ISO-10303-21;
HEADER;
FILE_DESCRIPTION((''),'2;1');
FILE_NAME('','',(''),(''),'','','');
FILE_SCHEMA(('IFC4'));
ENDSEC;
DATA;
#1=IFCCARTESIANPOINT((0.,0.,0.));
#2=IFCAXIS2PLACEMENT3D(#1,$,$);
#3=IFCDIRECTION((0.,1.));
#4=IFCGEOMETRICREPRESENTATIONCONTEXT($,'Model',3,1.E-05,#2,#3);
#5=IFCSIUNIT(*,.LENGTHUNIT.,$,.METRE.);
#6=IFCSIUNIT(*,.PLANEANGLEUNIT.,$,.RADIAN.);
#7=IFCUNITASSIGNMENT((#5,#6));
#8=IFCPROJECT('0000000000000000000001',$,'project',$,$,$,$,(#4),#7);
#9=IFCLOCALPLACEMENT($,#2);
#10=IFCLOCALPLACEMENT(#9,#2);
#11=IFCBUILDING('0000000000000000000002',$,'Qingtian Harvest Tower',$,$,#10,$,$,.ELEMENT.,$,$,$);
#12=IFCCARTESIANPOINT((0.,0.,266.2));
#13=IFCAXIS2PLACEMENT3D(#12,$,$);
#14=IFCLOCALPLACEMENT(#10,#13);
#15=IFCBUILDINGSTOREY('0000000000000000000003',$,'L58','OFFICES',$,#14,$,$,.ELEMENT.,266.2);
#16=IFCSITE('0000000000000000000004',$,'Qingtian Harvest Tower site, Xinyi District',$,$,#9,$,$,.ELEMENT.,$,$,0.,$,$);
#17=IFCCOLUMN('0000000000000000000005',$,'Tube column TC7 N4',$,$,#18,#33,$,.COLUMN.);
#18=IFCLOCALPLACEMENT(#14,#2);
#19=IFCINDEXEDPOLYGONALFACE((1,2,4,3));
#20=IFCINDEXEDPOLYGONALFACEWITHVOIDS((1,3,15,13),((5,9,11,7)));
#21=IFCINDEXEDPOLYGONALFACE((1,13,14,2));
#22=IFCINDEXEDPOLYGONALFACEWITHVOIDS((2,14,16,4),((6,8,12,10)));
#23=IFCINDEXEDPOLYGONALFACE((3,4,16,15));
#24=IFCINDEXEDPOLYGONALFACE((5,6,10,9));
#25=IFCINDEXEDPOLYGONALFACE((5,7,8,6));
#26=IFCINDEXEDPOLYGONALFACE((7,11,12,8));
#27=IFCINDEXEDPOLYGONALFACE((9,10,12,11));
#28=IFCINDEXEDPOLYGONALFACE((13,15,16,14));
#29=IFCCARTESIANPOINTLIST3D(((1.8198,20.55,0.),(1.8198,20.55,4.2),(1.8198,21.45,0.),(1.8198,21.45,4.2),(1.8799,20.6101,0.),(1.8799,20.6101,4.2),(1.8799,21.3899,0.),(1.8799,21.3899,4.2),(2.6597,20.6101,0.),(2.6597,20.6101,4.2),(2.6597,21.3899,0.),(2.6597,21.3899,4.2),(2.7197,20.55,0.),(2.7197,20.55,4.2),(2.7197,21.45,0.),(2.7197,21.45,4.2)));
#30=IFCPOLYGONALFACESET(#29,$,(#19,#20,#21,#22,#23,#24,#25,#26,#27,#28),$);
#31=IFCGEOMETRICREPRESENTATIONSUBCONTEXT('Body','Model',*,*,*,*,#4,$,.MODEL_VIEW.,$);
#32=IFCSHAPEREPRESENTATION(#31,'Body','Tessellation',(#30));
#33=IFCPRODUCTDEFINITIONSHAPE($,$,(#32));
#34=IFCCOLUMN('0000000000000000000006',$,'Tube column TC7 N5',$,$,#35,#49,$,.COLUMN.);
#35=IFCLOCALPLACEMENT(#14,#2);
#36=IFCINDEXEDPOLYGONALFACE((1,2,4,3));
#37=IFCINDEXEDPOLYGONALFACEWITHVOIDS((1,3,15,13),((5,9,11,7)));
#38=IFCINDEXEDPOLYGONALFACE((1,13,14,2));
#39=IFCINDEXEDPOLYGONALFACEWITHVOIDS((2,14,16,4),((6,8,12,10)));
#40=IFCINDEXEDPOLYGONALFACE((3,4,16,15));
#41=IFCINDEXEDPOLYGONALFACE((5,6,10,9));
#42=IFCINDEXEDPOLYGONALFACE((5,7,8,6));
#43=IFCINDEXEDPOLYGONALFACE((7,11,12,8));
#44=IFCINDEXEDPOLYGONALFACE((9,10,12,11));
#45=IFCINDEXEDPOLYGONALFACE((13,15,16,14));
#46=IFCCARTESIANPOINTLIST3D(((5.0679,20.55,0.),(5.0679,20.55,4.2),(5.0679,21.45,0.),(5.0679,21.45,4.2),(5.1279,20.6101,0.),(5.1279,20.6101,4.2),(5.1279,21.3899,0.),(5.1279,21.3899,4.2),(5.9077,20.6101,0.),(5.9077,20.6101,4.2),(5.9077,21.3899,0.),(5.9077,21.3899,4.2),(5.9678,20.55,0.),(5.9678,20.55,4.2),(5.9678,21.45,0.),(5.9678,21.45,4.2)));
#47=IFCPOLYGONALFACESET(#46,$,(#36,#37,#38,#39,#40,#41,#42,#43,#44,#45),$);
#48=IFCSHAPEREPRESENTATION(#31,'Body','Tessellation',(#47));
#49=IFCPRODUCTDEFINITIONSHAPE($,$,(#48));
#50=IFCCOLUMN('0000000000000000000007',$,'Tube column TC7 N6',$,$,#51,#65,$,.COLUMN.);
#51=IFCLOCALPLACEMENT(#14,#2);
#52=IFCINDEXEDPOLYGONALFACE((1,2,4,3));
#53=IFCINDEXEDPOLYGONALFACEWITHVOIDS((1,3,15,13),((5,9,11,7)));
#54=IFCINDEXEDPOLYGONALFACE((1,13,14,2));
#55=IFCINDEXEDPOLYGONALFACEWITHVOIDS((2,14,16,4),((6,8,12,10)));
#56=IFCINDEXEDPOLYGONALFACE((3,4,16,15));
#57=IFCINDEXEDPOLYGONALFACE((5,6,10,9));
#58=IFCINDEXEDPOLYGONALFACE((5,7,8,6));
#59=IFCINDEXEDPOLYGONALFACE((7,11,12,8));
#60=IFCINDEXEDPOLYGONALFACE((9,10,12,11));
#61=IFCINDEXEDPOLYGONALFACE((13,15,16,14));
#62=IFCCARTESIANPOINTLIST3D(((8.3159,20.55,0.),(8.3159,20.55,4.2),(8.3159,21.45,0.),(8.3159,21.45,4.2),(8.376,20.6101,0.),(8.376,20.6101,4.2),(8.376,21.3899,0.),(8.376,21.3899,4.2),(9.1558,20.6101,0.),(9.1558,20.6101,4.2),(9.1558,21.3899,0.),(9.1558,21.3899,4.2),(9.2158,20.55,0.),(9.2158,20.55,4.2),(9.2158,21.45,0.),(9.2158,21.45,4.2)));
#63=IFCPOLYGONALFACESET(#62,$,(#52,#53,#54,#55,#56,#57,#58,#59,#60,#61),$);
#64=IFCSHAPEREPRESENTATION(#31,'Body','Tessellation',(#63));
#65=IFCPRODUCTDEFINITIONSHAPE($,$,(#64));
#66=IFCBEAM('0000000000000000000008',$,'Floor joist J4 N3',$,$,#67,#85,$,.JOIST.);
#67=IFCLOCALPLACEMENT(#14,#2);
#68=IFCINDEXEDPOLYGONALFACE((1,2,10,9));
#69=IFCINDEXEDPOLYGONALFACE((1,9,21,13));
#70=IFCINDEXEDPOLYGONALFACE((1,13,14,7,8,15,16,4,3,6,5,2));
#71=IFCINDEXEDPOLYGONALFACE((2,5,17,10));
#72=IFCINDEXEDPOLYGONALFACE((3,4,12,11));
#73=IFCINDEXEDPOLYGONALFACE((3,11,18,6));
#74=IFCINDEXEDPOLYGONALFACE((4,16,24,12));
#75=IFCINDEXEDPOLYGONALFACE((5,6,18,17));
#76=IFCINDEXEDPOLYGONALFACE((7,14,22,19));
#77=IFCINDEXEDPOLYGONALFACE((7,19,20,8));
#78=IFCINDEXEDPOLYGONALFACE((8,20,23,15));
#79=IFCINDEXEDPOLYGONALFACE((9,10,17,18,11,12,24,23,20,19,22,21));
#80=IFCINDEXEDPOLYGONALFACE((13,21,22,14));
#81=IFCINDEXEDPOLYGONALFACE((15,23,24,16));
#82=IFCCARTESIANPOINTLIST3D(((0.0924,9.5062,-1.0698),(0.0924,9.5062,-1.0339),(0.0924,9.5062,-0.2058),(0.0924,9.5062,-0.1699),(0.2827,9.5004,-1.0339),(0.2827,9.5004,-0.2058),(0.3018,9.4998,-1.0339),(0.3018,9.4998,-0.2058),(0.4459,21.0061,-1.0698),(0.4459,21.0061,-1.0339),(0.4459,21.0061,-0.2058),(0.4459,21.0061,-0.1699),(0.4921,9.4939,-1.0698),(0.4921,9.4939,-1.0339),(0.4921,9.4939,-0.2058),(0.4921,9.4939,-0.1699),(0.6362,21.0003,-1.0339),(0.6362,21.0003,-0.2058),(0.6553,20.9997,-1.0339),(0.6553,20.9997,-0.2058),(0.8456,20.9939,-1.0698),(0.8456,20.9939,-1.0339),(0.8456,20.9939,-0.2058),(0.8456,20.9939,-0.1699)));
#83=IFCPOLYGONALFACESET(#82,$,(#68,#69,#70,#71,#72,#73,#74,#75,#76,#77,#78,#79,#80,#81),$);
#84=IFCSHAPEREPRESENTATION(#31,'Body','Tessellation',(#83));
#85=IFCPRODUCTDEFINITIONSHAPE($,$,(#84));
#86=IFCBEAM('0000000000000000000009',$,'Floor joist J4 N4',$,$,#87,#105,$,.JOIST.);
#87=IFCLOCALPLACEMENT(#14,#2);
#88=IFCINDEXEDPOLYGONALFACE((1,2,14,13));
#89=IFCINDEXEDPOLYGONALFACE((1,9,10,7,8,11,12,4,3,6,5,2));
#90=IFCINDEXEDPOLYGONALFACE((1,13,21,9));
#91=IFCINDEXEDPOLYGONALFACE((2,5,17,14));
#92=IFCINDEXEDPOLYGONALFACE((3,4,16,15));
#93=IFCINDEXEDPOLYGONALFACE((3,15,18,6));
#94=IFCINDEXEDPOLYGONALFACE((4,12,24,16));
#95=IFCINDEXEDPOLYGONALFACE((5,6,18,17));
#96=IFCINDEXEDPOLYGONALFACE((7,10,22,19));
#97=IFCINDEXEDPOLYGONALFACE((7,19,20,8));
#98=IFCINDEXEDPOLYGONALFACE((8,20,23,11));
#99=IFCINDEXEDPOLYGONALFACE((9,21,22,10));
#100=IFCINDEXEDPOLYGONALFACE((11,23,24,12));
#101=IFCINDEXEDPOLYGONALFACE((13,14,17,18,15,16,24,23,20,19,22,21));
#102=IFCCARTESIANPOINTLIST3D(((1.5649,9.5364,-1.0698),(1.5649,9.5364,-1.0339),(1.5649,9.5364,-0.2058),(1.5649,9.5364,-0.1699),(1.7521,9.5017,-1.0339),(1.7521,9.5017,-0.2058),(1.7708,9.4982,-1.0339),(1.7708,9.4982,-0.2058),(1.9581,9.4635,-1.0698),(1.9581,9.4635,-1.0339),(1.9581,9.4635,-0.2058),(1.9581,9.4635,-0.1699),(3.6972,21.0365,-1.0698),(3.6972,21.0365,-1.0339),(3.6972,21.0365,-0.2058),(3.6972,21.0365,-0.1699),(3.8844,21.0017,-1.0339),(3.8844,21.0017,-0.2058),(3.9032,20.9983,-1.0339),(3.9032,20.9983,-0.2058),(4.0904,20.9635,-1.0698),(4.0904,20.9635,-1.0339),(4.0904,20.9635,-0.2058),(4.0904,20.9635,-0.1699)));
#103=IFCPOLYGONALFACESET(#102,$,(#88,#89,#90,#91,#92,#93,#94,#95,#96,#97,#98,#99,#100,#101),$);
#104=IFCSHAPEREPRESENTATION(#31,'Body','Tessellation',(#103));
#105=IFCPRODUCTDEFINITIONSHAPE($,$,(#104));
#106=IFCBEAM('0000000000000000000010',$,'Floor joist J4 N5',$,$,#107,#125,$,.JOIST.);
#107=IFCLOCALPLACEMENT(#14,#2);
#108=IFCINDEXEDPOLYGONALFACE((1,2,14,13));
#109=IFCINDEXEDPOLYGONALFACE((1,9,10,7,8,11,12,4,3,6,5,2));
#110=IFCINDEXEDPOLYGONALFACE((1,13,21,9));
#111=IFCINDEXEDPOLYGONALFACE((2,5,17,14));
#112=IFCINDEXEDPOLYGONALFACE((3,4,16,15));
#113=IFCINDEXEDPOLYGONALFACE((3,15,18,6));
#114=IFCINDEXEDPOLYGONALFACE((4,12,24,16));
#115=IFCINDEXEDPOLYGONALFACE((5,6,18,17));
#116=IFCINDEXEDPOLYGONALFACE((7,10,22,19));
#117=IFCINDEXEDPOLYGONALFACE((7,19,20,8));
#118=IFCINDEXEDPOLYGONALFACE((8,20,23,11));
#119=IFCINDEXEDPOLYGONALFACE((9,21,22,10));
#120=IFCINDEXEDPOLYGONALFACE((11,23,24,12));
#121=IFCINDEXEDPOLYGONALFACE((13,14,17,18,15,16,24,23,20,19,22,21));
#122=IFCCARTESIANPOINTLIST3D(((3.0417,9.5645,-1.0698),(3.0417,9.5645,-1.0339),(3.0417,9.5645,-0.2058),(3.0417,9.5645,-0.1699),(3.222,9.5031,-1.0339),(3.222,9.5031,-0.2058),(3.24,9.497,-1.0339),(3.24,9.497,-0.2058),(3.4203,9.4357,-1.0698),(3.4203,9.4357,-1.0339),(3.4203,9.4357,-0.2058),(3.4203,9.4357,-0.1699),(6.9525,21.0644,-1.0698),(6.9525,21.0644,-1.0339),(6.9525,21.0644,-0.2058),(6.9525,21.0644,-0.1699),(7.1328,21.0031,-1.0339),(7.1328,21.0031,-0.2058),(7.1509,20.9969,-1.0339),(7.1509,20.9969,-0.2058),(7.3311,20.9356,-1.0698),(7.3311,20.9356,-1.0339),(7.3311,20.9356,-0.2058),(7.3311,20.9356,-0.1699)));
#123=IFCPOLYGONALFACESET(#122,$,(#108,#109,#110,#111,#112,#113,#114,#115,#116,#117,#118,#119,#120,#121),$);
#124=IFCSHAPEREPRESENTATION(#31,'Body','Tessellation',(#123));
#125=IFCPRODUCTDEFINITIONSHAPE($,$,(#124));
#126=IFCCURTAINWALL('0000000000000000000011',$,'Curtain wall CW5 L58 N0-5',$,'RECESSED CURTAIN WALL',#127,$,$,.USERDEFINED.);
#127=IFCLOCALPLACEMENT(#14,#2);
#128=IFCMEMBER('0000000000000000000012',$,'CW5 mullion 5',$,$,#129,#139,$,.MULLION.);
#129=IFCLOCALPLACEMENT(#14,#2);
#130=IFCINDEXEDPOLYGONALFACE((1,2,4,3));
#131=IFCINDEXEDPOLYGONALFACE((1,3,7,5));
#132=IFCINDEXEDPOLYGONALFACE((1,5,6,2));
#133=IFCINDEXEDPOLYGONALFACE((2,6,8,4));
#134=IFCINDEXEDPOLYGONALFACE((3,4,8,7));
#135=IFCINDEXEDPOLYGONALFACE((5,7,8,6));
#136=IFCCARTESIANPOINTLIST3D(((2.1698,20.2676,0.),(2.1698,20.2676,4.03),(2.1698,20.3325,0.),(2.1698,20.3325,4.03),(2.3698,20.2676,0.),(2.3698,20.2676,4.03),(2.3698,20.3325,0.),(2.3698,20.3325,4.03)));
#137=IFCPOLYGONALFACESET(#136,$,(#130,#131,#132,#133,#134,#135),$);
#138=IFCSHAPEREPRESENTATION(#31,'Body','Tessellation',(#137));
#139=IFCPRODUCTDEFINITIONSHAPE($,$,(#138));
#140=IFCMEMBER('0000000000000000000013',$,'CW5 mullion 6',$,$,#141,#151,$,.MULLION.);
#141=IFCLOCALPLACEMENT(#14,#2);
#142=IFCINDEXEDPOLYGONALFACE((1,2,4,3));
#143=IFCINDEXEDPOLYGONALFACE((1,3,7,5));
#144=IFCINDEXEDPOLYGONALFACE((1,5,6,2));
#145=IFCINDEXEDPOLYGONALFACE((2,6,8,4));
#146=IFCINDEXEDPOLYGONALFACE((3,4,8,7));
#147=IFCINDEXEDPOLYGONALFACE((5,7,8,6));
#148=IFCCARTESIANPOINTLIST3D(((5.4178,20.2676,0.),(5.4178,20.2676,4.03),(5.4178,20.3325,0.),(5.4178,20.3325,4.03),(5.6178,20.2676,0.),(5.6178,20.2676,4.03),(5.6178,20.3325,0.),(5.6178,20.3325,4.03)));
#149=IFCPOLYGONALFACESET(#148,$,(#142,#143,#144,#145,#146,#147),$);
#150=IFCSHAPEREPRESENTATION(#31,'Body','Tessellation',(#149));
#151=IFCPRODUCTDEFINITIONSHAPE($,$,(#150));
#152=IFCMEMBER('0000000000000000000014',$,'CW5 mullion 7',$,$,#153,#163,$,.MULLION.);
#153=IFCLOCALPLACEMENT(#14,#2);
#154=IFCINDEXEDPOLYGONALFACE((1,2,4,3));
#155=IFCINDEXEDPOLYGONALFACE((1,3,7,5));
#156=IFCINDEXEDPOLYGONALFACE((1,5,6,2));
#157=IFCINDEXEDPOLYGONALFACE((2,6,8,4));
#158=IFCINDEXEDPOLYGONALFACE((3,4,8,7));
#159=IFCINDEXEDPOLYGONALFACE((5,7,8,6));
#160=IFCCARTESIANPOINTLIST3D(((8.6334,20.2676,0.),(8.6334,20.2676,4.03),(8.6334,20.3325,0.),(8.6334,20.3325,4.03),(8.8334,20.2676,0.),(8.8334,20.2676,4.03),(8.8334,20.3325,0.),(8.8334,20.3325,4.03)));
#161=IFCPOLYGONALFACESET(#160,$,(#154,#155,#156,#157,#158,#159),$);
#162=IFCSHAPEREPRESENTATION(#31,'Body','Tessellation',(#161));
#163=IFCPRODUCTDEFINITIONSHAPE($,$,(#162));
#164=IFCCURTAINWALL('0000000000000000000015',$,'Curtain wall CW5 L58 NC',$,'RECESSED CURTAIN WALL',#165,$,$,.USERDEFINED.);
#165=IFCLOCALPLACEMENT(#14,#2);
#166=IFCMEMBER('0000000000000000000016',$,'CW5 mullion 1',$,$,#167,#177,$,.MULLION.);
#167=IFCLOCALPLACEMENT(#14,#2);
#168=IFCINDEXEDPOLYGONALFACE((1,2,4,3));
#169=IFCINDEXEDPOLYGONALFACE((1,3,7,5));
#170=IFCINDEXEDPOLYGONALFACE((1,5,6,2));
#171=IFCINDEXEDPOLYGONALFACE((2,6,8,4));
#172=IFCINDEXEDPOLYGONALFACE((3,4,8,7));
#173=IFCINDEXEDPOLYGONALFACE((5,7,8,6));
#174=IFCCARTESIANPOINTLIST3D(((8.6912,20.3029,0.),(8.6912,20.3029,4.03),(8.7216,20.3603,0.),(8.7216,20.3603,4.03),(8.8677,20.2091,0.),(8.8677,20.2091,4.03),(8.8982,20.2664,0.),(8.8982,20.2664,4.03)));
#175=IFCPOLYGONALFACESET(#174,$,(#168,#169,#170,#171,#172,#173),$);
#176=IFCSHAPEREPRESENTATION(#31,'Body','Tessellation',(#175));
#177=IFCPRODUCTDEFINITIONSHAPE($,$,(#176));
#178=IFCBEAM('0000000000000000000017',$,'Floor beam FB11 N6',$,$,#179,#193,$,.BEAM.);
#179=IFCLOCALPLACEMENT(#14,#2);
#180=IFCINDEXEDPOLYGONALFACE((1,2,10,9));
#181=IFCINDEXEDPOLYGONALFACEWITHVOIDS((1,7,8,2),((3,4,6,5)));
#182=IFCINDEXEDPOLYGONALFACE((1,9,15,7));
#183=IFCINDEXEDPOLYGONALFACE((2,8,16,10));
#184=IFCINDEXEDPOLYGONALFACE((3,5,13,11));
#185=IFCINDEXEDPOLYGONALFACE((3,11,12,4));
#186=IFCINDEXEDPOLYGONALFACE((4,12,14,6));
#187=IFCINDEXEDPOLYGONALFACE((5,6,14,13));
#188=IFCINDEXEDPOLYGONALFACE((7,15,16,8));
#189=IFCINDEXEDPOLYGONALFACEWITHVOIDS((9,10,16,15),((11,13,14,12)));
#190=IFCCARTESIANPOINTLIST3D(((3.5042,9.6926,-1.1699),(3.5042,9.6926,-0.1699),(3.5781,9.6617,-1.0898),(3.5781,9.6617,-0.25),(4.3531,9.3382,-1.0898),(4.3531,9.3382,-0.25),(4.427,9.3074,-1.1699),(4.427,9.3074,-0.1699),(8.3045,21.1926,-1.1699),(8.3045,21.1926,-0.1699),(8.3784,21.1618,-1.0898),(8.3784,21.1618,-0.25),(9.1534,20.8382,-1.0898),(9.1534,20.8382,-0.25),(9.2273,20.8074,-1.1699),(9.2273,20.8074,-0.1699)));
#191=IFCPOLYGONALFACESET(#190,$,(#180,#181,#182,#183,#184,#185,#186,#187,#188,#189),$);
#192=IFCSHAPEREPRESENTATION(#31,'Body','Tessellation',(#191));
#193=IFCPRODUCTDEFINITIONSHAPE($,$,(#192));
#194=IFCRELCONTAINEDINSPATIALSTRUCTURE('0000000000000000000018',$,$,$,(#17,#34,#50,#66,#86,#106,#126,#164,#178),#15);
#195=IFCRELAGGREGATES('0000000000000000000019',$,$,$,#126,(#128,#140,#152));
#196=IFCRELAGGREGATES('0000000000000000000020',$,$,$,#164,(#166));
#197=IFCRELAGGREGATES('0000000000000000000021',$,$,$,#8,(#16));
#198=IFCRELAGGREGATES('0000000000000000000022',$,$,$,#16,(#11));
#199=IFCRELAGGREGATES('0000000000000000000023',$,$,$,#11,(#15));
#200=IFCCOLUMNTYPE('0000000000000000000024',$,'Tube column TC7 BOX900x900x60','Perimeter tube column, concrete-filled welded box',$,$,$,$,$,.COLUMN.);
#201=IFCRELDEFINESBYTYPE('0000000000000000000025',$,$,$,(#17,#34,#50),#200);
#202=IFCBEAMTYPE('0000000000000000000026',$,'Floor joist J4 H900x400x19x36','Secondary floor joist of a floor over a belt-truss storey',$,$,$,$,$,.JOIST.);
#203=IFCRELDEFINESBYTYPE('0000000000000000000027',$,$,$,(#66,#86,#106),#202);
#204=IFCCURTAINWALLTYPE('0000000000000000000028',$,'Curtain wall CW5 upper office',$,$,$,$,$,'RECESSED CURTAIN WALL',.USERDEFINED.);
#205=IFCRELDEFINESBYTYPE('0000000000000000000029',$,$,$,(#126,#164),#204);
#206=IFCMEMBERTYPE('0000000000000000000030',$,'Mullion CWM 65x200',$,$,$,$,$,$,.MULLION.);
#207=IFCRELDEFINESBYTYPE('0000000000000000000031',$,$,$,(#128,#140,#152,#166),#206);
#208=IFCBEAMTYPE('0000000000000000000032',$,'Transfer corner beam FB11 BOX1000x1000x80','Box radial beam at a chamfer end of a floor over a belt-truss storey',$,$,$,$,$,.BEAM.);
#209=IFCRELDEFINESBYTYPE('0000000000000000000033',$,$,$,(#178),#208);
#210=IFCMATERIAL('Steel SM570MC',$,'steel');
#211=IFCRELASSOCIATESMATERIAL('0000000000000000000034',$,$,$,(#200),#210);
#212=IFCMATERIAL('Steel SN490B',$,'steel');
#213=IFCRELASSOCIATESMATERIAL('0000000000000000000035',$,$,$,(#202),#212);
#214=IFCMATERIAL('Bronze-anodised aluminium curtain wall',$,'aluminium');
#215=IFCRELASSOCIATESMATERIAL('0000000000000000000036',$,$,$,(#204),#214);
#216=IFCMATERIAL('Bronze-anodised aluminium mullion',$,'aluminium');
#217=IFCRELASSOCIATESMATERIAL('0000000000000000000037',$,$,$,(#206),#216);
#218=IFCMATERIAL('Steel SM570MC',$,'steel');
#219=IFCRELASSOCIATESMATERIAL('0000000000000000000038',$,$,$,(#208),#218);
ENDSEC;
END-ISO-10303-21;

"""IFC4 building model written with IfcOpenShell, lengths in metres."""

from ifc_helpers import new_model, si_unit, direction, frame, origin, origin_2d, place, context, subcontext, project, spatial, rectangle, hollow_rectangle, i_section, extrude, material, material_profile, profile_set, type_object, element, aggregate, save


model = new_model("IFC4")

# Units and contexts
model_context = context("Model", 3, precision=1e-05, world=origin(), true_north=direction((0.0, 1.0)))
body_context = subcontext(model_context, "Body", "Model", "MODEL_VIEW")
ifc_project = project(units=[si_unit("LENGTHUNIT", "METRE"), si_unit("PLANEANGLEUNIT", "RADIAN")], contexts=[model_context])

# Site, building, storey
site_placement = place(None, origin())
site = spatial("IfcSite", under=ifc_project, at=site_placement, Name="Qingtian Harvest Tower site, Xinyi District", CompositionType="ELEMENT", RefElevation=0.0)
building_placement = place(site_placement, origin())
building = spatial("IfcBuilding", under=site, at=building_placement, Name="Qingtian Harvest Tower", CompositionType="ELEMENT")
storey_placement = place(building_placement, frame((0.0, 0.0, 266.2)))
storey = spatial("IfcBuildingStorey", under=building, at=storey_placement, Name="L58", Description="OFFICES", CompositionType="ELEMENT", Elevation=266.2)

# Columns
ifc_material_1 = material(Name="Steel SM570MC", Category="steel")
ifc_material_profile_1 = material_profile(ifc_material_1, hollow_rectangle(XDim=0.8999, YDim=0.8999, WallThickness=0.0601, at=origin_2d()), Name="BOX900x900x60")
ifc_profile_set_1 = profile_set([ifc_material_profile_1], Name="Steel SM570MC")
column_type = type_object("IfcColumnType", Name="Tube column TC7 BOX900x900x60", Description="Perimeter tube column, concrete-filled welded box", PredefinedType="COLUMN", material=ifc_profile_set_1)
for number, where, z_axis, x_axis, name in (
    (1, (2.2698, 21.0, 0.0), (0.0, 0.0, 1.0), (-1.0, 0.0, 0.0), "Tube column TC7 N4"),
    (2, (5.5178, 21.0, 0.0), (0.0, 0.0, 1.0), (-1.0, 0.0, 0.0), "Tube column TC7 N5"),
    (3, (8.7659, 21.0, 0.0), (0.0, 0.0, 1.0), (-1.0, 0.0, 0.0), "Tube column TC7 N6"),
):
    element("IfcColumn", number, at=place(storey_placement, frame(where, z_axis=z_axis, x_axis=x_axis)), inside=storey, type_object=column_type, Name=name, PredefinedType="COLUMN", context=body_context, shape_type="SweptSolid", body=[
        extrude(hollow_rectangle(XDim=0.8999, YDim=0.8999, WallThickness=0.0601, at=origin_2d()), origin(), (0.0, 0.0, 1.0), 4.2),
    ])

# Beams
ifc_material_2 = material(Name="Steel SN490B", Category="steel")
ifc_material_profile_2 = material_profile(ifc_material_2, i_section(OverallWidth=0.3999, OverallDepth=0.8999, WebThickness=0.019, FlangeThickness=0.0359, at=origin_2d()), Name="H900x400x19x36")
ifc_profile_set_2 = profile_set([ifc_material_profile_2], Name="Steel SN490B")
beam_type_1 = type_object("IfcBeamType", Name="Floor joist J4 H900x400x19x36", Description="Secondary floor joist of a floor over a belt-truss storey", PredefinedType="JOIST", material=ifc_profile_set_2)
beam_1_placement = place(storey_placement, frame((0.6458, 21.0, -0.6199), z_axis=(-0.030726, -0.999528, 0.0), x_axis=(0.999528, -0.030726, 0.0)))
element("IfcBeam", 4, at=beam_1_placement, inside=storey, type_object=beam_type_1, Name="Floor joist J4 N3", PredefinedType="JOIST", context=body_context, shape_type="SweptSolid", body=[
    extrude(i_section(OverallWidth=0.3999, OverallDepth=0.8999, WebThickness=0.019, FlangeThickness=0.0359, at=origin_2d()), origin(), (0.0, 0.0, 1.0), 11.5054),
])
beam_2_placement = place(storey_placement, frame((3.8938, 21.0, -0.6199), z_axis=(-0.182312, -0.983241, 0.0), x_axis=(0.983241, -0.182312, 0.0)))
element("IfcBeam", 5, at=beam_2_placement, inside=storey, type_object=beam_type_1, Name="Floor joist J4 N4", PredefinedType="JOIST", context=body_context, shape_type="SweptSolid", body=[
    extrude(i_section(OverallWidth=0.3999, OverallDepth=0.8999, WebThickness=0.019, FlangeThickness=0.0359, at=origin_2d()), origin(), (0.0, 0.0, 1.0), 11.696),
])
beam_3_placement = place(storey_placement, frame((7.1418, 21.0, -0.6199), z_axis=(-0.321968, -0.94675, 0.0), x_axis=(0.94675, -0.321968, 0.0)))
element("IfcBeam", 6, at=beam_3_placement, inside=storey, type_object=beam_type_1, Name="Floor joist J4 N5", PredefinedType="JOIST", context=body_context, shape_type="SweptSolid", body=[
    extrude(i_section(OverallWidth=0.3999, OverallDepth=0.8999, WebThickness=0.019, FlangeThickness=0.0359, at=origin_2d()), origin(), (0.0, 0.0, 1.0), 12.1467),
])

# Curtain wall, members
ifc_material_3 = material(Name="Bronze-anodised aluminium curtain wall", Category="aluminium")
curtain_wall_type = type_object("IfcCurtainWallType", Name="Curtain wall CW5 upper office", ElementType="RECESSED CURTAIN WALL", PredefinedType="USERDEFINED", material=ifc_material_3)
curtain_wall_1_placement = place(storey_placement, origin())
curtain_wall_1 = element("IfcCurtainWall", 7, at=curtain_wall_1_placement, inside=storey, type_object=curtain_wall_type, Name="Curtain wall CW5 L58 N0-5", ObjectType="RECESSED CURTAIN WALL", PredefinedType="USERDEFINED")
ifc_material_4 = material(Name="Bronze-anodised aluminium mullion", Category="aluminium")
ifc_material_profile_3 = material_profile(ifc_material_4, rectangle(XDim=0.0649, YDim=0.2, at=origin_2d()), Name="AL 65x200")
ifc_profile_set_3 = profile_set([ifc_material_profile_3], Name="Bronze-anodised aluminium mullion")
member_type_1 = type_object("IfcMemberType", Name="Mullion CWM 65x200", PredefinedType="MULLION", material=ifc_profile_set_3)
member_1_placement = place(storey_placement, frame((2.2698, 20.3, 0.0), z_axis=(0.0, 0.0, 1.0), x_axis=(0.0, 1.0, 0.0)))
member_1 = element("IfcMember", 8, at=member_1_placement, type_object=member_type_1, Name="CW5 mullion 5", PredefinedType="MULLION", context=body_context, shape_type="SweptSolid", body=[
    extrude(rectangle(XDim=0.0649, YDim=0.2, at=origin_2d()), origin(), (0.0, 0.0, 1.0), 4.03),
])
member_2_placement = place(storey_placement, frame((5.5178, 20.3, 0.0), z_axis=(0.0, 0.0, 1.0), x_axis=(0.0, 1.0, 0.0)))
member_2 = element("IfcMember", 9, at=member_2_placement, type_object=member_type_1, Name="CW5 mullion 6", PredefinedType="MULLION", context=body_context, shape_type="SweptSolid", body=[
    extrude(rectangle(XDim=0.0649, YDim=0.2, at=origin_2d()), origin(), (0.0, 0.0, 1.0), 4.03),
])
member_3_placement = place(storey_placement, frame((8.7334, 20.3, 0.0), z_axis=(0.0, 0.0, 1.0), x_axis=(0.0, 1.0, 0.0)))
member_3 = element("IfcMember", 10, at=member_3_placement, type_object=member_type_1, Name="CW5 mullion 7", PredefinedType="MULLION", context=body_context, shape_type="SweptSolid", body=[
    extrude(rectangle(XDim=0.0649, YDim=0.2, at=origin_2d()), origin(), (0.0, 0.0, 1.0), 4.03),
])

# Curtain wall, member
curtain_wall_2_placement = place(storey_placement, origin())
curtain_wall_2 = element("IfcCurtainWall", 11, at=curtain_wall_2_placement, inside=storey, type_object=curtain_wall_type, Name="Curtain wall CW5 L58 NC", ObjectType="RECESSED CURTAIN WALL", PredefinedType="USERDEFINED")
member_4_placement = place(storey_placement, frame((8.7947, 20.2847, 0.0), z_axis=(0.0, 0.0, 1.0), x_axis=(0.469472, 0.882948, 0.0)))
member_4 = element("IfcMember", 12, at=member_4_placement, type_object=member_type_1, Name="CW5 mullion 1", PredefinedType="MULLION", context=body_context, shape_type="SweptSolid", body=[
    extrude(rectangle(XDim=0.0649, YDim=0.2, at=origin_2d()), origin(), (0.0, 0.0, 1.0), 4.03),
])

# Beam
ifc_material_5 = material(Name="Steel SM570MC", Category="steel")
ifc_material_profile_4 = material_profile(ifc_material_5, hollow_rectangle(XDim=1.0, YDim=1.0, WallThickness=0.0801, at=origin_2d()), Name="BOX1000x1000x80")
ifc_profile_set_4 = profile_set([ifc_material_profile_4], Name="Steel SM570MC")
beam_type_2 = type_object("IfcBeamType", Name="Transfer corner beam FB11 BOX1000x1000x80", Description="Box radial beam at a chamfer end of a floor over a belt-truss storey", PredefinedType="BEAM", material=ifc_profile_set_4)
beam_4_placement = place(storey_placement, frame((8.7659, 21.0, -0.6699), z_axis=(-0.385205, -0.922831, 0.0), x_axis=(0.922831, -0.385205, 0.0)))
element("IfcBeam", 13, at=beam_4_placement, inside=storey, type_object=beam_type_2, Name="Floor beam FB11 N6", PredefinedType="BEAM", context=body_context, shape_type="SweptSolid", body=[
    extrude(hollow_rectangle(XDim=1.0, YDim=1.0, WallThickness=0.0801, at=origin_2d()), origin(), (0.0, 0.0, 1.0), 12.4617),
])

aggregate(curtain_wall_1, [member_1, member_2, member_3])
aggregate(curtain_wall_2, [member_4])

save(model, "model.ifc")
